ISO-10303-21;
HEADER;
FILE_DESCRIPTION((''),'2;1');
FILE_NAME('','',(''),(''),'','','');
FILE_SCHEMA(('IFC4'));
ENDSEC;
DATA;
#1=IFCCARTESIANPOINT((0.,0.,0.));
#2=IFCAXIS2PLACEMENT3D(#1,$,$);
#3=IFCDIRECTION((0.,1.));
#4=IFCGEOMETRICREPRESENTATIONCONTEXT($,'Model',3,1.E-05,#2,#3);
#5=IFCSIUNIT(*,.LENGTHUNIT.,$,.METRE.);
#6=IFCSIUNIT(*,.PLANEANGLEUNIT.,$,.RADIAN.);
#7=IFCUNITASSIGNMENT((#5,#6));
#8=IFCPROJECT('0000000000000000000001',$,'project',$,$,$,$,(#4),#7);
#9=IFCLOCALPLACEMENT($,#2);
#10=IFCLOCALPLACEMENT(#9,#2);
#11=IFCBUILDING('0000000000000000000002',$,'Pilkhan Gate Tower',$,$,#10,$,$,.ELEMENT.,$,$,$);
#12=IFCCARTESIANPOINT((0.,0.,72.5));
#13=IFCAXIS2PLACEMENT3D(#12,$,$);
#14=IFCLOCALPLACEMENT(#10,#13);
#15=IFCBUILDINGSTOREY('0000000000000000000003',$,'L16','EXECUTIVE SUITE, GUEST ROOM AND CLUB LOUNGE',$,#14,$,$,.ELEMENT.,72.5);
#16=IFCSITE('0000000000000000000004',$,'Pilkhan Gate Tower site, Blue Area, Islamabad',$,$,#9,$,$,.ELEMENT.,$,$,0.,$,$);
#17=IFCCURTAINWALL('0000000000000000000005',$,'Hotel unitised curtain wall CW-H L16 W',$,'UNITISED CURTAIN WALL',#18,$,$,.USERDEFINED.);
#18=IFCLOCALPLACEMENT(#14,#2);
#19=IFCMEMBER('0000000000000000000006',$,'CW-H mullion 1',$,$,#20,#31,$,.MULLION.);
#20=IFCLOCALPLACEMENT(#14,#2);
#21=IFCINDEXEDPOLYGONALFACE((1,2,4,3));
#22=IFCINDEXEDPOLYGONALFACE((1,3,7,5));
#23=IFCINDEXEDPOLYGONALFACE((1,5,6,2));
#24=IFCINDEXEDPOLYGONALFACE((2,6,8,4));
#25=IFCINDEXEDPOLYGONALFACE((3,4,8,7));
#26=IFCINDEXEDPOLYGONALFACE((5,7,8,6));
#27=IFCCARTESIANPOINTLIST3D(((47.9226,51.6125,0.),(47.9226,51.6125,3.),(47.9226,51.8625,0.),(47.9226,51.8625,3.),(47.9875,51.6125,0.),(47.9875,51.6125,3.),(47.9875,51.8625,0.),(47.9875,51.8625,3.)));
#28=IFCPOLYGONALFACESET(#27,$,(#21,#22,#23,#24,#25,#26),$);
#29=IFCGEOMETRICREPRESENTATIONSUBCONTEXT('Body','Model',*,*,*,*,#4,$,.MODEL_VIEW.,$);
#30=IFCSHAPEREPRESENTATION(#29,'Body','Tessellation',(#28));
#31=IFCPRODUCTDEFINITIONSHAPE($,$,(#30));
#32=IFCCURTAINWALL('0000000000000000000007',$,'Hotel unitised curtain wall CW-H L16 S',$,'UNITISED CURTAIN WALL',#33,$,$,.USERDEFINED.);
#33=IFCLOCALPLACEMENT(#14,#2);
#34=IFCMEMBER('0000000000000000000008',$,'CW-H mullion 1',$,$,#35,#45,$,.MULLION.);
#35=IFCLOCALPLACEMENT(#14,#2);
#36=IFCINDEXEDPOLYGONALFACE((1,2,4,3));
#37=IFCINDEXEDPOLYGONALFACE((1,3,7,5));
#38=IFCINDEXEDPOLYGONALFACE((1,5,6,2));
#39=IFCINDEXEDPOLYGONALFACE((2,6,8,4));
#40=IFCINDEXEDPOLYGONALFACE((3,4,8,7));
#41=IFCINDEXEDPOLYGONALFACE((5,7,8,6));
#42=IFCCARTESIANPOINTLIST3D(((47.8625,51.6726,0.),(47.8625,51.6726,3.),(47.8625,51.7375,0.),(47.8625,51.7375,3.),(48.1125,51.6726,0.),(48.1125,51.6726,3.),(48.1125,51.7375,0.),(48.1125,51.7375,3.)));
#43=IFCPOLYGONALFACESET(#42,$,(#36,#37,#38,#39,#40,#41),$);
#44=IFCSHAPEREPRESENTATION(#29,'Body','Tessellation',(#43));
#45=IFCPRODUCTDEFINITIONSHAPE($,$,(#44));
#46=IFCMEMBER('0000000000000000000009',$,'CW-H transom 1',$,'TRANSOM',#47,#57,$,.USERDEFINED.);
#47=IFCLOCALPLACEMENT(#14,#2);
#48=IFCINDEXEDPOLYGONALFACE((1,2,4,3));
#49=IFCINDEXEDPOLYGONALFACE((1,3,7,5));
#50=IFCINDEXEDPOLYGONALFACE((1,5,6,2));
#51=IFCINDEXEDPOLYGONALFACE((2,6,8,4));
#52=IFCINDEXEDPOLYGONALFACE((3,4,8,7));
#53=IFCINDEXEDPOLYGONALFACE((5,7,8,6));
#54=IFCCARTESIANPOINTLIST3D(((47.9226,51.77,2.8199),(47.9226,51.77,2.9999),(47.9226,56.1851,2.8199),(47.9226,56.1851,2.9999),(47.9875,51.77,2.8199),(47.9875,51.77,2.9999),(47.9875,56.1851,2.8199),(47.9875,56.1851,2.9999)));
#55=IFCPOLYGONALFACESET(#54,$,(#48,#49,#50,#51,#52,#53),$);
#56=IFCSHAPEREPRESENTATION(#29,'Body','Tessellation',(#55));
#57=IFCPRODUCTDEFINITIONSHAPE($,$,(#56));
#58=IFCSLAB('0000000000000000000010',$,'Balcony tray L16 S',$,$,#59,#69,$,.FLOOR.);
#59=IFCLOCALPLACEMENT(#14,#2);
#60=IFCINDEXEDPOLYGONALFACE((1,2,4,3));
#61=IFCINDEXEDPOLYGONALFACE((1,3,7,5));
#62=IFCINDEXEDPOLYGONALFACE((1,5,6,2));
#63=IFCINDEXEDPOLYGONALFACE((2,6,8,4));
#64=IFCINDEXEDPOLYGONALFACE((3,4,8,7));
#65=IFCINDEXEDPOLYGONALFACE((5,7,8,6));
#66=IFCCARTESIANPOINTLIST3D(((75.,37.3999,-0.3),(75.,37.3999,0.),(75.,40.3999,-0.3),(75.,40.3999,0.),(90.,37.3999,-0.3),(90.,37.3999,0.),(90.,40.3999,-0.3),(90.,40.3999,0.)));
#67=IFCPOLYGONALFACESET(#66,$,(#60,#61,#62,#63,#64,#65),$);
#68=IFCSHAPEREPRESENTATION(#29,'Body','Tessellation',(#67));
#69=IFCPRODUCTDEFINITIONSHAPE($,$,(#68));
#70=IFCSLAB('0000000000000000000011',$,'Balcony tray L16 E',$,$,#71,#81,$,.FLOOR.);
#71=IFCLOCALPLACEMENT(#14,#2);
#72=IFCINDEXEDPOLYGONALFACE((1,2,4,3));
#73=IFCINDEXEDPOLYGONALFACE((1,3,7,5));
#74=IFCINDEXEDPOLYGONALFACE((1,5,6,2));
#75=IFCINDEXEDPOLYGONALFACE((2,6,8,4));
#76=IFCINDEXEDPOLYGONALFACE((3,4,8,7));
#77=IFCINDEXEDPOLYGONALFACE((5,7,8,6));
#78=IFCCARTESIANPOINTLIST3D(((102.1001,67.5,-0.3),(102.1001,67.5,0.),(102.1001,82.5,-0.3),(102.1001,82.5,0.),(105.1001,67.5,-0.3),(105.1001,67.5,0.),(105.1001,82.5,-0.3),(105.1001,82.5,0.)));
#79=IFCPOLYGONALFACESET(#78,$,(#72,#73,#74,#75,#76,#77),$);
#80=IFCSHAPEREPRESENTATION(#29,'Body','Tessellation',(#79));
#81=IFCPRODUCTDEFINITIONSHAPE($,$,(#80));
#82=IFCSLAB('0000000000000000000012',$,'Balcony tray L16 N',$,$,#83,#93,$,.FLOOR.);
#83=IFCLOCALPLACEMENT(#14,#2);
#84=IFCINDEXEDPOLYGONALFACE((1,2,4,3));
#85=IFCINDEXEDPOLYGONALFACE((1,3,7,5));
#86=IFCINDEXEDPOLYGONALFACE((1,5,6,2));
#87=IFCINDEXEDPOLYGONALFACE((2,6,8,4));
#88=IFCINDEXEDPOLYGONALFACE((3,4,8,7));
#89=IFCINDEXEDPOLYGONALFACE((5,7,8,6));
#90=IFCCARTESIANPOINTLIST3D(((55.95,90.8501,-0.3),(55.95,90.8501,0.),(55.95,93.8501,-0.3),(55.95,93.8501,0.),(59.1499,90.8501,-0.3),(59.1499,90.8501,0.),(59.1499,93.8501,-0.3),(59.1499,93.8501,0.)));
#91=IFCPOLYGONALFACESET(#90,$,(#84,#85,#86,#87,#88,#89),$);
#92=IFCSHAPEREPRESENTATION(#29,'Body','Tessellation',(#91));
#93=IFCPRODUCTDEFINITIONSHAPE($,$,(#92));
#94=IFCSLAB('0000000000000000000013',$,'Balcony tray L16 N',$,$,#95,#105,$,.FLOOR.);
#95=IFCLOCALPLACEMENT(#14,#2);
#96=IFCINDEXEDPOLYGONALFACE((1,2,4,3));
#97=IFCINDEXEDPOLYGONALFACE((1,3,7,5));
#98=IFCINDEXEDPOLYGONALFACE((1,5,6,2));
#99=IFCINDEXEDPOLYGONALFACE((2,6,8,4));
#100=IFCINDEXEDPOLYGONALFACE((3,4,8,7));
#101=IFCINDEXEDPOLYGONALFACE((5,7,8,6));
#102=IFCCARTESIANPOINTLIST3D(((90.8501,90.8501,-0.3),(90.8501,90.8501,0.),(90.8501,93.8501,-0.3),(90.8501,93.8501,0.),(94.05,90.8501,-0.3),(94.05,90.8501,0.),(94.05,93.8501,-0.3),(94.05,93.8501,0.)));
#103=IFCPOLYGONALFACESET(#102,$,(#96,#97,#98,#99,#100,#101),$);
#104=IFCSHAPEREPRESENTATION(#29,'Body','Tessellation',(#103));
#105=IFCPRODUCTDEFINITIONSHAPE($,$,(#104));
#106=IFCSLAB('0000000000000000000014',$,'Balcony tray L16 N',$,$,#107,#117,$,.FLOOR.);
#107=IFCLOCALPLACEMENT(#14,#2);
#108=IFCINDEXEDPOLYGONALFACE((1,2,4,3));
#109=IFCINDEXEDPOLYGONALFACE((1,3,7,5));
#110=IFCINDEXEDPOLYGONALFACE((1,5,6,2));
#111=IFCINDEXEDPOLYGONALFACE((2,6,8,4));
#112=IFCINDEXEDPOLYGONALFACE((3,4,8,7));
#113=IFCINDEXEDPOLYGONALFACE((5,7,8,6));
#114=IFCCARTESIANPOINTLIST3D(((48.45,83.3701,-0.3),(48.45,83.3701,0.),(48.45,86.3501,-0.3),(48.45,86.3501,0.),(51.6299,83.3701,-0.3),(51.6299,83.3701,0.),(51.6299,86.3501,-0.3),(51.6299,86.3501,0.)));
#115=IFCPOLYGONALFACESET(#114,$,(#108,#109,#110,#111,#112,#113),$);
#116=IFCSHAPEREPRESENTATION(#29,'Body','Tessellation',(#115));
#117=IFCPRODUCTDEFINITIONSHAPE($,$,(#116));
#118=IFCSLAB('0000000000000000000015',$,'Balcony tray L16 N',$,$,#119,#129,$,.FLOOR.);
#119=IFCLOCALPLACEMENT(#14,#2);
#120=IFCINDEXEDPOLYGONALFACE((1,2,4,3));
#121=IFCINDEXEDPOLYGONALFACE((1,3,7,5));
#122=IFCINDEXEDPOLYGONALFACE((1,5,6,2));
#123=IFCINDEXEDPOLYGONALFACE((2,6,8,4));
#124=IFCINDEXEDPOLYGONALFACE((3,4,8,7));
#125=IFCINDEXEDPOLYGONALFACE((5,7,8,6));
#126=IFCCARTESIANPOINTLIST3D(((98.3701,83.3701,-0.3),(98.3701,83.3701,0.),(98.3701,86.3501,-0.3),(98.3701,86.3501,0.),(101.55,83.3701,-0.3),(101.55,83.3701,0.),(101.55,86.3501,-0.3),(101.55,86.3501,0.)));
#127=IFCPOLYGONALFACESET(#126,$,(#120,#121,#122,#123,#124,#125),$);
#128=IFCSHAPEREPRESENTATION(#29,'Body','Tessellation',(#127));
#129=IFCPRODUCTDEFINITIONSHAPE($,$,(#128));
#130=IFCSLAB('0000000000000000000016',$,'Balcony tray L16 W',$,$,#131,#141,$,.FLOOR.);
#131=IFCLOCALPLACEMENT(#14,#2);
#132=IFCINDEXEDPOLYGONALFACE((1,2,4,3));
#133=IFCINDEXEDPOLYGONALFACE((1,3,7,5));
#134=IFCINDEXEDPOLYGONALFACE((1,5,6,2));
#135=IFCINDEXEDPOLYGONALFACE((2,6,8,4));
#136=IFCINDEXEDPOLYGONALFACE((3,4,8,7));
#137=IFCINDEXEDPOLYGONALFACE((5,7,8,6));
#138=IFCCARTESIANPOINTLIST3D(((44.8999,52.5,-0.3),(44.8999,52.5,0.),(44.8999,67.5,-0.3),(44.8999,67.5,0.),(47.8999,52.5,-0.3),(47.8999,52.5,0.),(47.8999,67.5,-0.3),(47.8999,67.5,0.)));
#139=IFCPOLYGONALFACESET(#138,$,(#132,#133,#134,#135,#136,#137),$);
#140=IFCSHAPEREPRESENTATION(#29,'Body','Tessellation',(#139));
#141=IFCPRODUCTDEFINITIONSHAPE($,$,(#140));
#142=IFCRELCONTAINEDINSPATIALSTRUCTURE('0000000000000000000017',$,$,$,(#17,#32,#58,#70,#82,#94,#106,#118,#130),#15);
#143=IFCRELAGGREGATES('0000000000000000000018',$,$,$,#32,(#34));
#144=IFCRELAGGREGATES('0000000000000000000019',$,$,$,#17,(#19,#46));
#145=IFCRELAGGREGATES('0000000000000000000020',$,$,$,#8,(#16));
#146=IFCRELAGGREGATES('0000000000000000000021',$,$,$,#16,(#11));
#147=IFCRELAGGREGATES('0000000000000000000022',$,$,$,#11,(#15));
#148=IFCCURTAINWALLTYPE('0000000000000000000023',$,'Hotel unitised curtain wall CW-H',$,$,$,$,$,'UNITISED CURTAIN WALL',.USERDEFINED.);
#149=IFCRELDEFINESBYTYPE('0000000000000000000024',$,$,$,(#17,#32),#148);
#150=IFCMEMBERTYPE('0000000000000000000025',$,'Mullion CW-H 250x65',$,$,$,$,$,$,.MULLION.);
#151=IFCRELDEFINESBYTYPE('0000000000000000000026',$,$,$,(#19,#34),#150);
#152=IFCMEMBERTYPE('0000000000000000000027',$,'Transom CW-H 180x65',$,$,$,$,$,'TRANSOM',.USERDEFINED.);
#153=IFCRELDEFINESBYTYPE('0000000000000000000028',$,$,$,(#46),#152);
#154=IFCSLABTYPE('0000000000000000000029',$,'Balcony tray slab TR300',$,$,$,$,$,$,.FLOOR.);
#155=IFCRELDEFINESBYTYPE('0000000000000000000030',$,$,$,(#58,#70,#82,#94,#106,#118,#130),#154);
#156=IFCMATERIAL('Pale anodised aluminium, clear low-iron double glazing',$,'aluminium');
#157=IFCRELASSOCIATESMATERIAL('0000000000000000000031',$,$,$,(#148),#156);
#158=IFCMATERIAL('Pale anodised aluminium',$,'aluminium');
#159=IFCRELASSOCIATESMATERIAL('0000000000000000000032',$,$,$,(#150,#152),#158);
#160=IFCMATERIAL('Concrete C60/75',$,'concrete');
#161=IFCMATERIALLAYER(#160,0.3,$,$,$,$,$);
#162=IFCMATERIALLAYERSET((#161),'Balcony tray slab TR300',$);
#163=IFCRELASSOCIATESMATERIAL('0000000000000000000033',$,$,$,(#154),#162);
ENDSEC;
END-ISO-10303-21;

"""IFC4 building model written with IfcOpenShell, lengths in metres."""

from ifc_helpers import new_model, si_unit, direction, frame, origin, origin_2d, place, context, subcontext, project, spatial, polyline, rectangle, outline, extrude, material, layer, layer_set, material_profile, profile_set, type_object, element, aggregate, save


model = new_model("IFC4")

# Units and contexts
model_context = context("Model", 3, precision=1e-05, world=origin(), true_north=direction((0.0, 1.0)))
body_context = subcontext(model_context, "Body", "Model", "MODEL_VIEW")
ifc_project = project(units=[si_unit("LENGTHUNIT", "METRE"), si_unit("PLANEANGLEUNIT", "RADIAN")], contexts=[model_context])

# Site, building, storey
site_placement = place(None, origin())
site = spatial("IfcSite", under=ifc_project, at=site_placement, Name="Pilkhan Gate Tower site, Blue Area, Islamabad", CompositionType="ELEMENT", RefElevation=0.0)
building_placement = place(site_placement, origin())
building = spatial("IfcBuilding", under=site, at=building_placement, Name="Pilkhan Gate Tower", CompositionType="ELEMENT")
storey_placement = place(building_placement, frame((0.0, 0.0, 72.5)))
storey = spatial("IfcBuildingStorey", under=building, at=storey_placement, Name="L16", Description="EXECUTIVE SUITE, GUEST ROOM AND CLUB LOUNGE", CompositionType="ELEMENT", Elevation=72.5)

# Curtain walls, members
ifc_material_1 = material(Name="Pale anodised aluminium, clear low-iron double glazing", Category="aluminium")
curtain_wall_type = type_object("IfcCurtainWallType", Name="Hotel unitised curtain wall CW-H", ElementType="UNITISED CURTAIN WALL", PredefinedType="USERDEFINED", material=ifc_material_1)
curtain_wall_1_placement = place(storey_placement, origin())
curtain_wall_1 = element("IfcCurtainWall", 1, at=curtain_wall_1_placement, inside=storey, type_object=curtain_wall_type, Name="Hotel unitised curtain wall CW-H L16 W", ObjectType="UNITISED CURTAIN WALL", PredefinedType="USERDEFINED")
ifc_material_2 = material(Name="Pale anodised aluminium", Category="aluminium")
ifc_material_profile_1 = material_profile(ifc_material_2, rectangle(XDim=0.0649, YDim=0.25, at=origin_2d()), Name="Mullion 250x65")
ifc_profile_set_1 = profile_set([ifc_material_profile_1], Name="Pale anodised aluminium")
member_type_1 = type_object("IfcMemberType", Name="Mullion CW-H 250x65", PredefinedType="MULLION", material=ifc_profile_set_1)
member_1_placement = place(storey_placement, frame((47.9551, 51.7375, 0.0), z_axis=(0.0, 0.0, 1.0), x_axis=(-1.0, 0.0, 0.0)))
member_1 = element("IfcMember", 2, at=member_1_placement, type_object=member_type_1, Name="CW-H mullion 1", PredefinedType="MULLION", context=body_context, shape_type="SweptSolid", body=[
    extrude(rectangle(XDim=0.0649, YDim=0.25, at=origin_2d()), origin(), (0.0, 0.0, 1.0), 3.0),
])
curtain_wall_2_placement = place(storey_placement, origin())
curtain_wall_2 = element("IfcCurtainWall", 3, at=curtain_wall_2_placement, inside=storey, type_object=curtain_wall_type, Name="Hotel unitised curtain wall CW-H L16 S", ObjectType="UNITISED CURTAIN WALL", PredefinedType="USERDEFINED")
member_2_placement = place(storey_placement, frame((47.9875, 51.7051, 0.0), z_axis=(0.0, 0.0, 1.0), x_axis=(0.0, 1.0, 0.0)))
member_2 = element("IfcMember", 4, at=member_2_placement, type_object=member_type_1, Name="CW-H mullion 1", PredefinedType="MULLION", context=body_context, shape_type="SweptSolid", body=[
    extrude(rectangle(XDim=0.0649, YDim=0.25, at=origin_2d()), origin(), (0.0, 0.0, 1.0), 3.0),
])
aggregate(curtain_wall_2, [member_2])

# Member
ifc_material_profile_2 = material_profile(ifc_material_2, rectangle(XDim=0.0649, YDim=0.1799, at=origin_2d()), Name="Transom 180x65")
ifc_profile_set_2 = profile_set([ifc_material_profile_2], Name="Pale anodised aluminium")
member_type_2 = type_object("IfcMemberType", Name="Transom CW-H 180x65", ElementType="TRANSOM", PredefinedType="USERDEFINED", material=ifc_profile_set_2)
member_3_placement = place(storey_placement, frame((47.9551, 51.77, 2.9099), z_axis=(0.0, 1.0, 0.0), x_axis=(-1.0, 0.0, 0.0)))
member_3 = element("IfcMember", 5, at=member_3_placement, type_object=member_type_2, Name="CW-H transom 1", ObjectType="TRANSOM", PredefinedType="USERDEFINED", context=body_context, shape_type="SweptSolid", body=[
    extrude(rectangle(XDim=0.0649, YDim=0.1799, at=origin_2d()), origin(), (0.0, 0.0, 1.0), 4.415),
])
aggregate(curtain_wall_1, [member_1, member_3])

# Slabs
ifc_material_3 = material(Name="Concrete C60/75", Category="concrete")
ifc_layer_1 = layer(ifc_material_3, 0.3)
ifc_layer_set_1 = layer_set([ifc_layer_1], Name="Balcony tray slab TR300")
slab_type_1 = type_object("IfcSlabType", Name="Balcony tray slab TR300", PredefinedType="FLOOR", material=ifc_layer_set_1)
slab_1_placement = place(storey_placement, frame((0.0, 0.0, -0.3)))
element("IfcSlab", 6, at=slab_1_placement, inside=storey, type_object=slab_type_1, Name="Balcony tray L16 S", PredefinedType="FLOOR", context=body_context, shape_type="SweptSolid", body=[
    extrude(outline(polyline([(90.0, 37.3999), (90.0, 40.3999), (75.0, 40.3999), (75.0, 37.3999), (90.0, 37.3999)])), origin(), (0.0, 0.0, 1.0), 0.3),
])
slab_2_placement = place(storey_placement, frame((0.0, 0.0, -0.3)))
element("IfcSlab", 7, at=slab_2_placement, inside=storey, type_object=slab_type_1, Name="Balcony tray L16 E", PredefinedType="FLOOR", context=body_context, shape_type="SweptSolid", body=[
    extrude(outline(polyline([(105.1001, 67.5), (105.1001, 82.5), (102.1001, 82.5), (102.1001, 67.5), (105.1001, 67.5)])), origin(), (0.0, 0.0, 1.0), 0.3),
])
slab_3_placement = place(storey_placement, frame((0.0, 0.0, -0.3)))
element("IfcSlab", 8, at=slab_3_placement, inside=storey, type_object=slab_type_1, Name="Balcony tray L16 N", PredefinedType="FLOOR", context=body_context, shape_type="SweptSolid", body=[
    extrude(outline(polyline([(59.1499, 90.8501), (59.1499, 93.8501), (55.95, 93.8501), (55.95, 90.8501), (59.1499, 90.8501)])), origin(), (0.0, 0.0, 1.0), 0.3),
])
slab_4_placement = place(storey_placement, frame((0.0, 0.0, -0.3)))
element("IfcSlab", 9, at=slab_4_placement, inside=storey, type_object=slab_type_1, Name="Balcony tray L16 N", PredefinedType="FLOOR", context=body_context, shape_type="SweptSolid", body=[
    extrude(outline(polyline([(94.05, 90.8501), (94.05, 93.8501), (90.8501, 93.8501), (90.8501, 90.8501), (94.05, 90.8501)])), origin(), (0.0, 0.0, 1.0), 0.3),
])
slab_5_placement = place(storey_placement, frame((0.0, 0.0, -0.3)))
element("IfcSlab", 10, at=slab_5_placement, inside=storey, type_object=slab_type_1, Name="Balcony tray L16 N", PredefinedType="FLOOR", context=body_context, shape_type="SweptSolid", body=[
    extrude(outline(polyline([(51.6299, 83.3701), (51.6299, 86.3501), (48.45, 86.3501), (48.45, 83.3701), (51.6299, 83.3701)])), origin(), (0.0, 0.0, 1.0), 0.3),
])
slab_6_placement = place(storey_placement, frame((0.0, 0.0, -0.3)))
element("IfcSlab", 11, at=slab_6_placement, inside=storey, type_object=slab_type_1, Name="Balcony tray L16 N", PredefinedType="FLOOR", context=body_context, shape_type="SweptSolid", body=[
    extrude(outline(polyline([(101.55, 83.3701), (101.55, 86.3501), (98.3701, 86.3501), (98.3701, 83.3701), (101.55, 83.3701)])), origin(), (0.0, 0.0, 1.0), 0.3),
])
slab_7_placement = place(storey_placement, frame((0.0, 0.0, -0.3)))
element("IfcSlab", 12, at=slab_7_placement, inside=storey, type_object=slab_type_1, Name="Balcony tray L16 W", PredefinedType="FLOOR", context=body_context, shape_type="SweptSolid", body=[
    extrude(outline(polyline([(47.8999, 52.5), (47.8999, 67.5), (44.8999, 67.5), (44.8999, 52.5), (47.8999, 52.5)])), origin(), (0.0, 0.0, 1.0), 0.3),
])

save(model, "model.ifc")
